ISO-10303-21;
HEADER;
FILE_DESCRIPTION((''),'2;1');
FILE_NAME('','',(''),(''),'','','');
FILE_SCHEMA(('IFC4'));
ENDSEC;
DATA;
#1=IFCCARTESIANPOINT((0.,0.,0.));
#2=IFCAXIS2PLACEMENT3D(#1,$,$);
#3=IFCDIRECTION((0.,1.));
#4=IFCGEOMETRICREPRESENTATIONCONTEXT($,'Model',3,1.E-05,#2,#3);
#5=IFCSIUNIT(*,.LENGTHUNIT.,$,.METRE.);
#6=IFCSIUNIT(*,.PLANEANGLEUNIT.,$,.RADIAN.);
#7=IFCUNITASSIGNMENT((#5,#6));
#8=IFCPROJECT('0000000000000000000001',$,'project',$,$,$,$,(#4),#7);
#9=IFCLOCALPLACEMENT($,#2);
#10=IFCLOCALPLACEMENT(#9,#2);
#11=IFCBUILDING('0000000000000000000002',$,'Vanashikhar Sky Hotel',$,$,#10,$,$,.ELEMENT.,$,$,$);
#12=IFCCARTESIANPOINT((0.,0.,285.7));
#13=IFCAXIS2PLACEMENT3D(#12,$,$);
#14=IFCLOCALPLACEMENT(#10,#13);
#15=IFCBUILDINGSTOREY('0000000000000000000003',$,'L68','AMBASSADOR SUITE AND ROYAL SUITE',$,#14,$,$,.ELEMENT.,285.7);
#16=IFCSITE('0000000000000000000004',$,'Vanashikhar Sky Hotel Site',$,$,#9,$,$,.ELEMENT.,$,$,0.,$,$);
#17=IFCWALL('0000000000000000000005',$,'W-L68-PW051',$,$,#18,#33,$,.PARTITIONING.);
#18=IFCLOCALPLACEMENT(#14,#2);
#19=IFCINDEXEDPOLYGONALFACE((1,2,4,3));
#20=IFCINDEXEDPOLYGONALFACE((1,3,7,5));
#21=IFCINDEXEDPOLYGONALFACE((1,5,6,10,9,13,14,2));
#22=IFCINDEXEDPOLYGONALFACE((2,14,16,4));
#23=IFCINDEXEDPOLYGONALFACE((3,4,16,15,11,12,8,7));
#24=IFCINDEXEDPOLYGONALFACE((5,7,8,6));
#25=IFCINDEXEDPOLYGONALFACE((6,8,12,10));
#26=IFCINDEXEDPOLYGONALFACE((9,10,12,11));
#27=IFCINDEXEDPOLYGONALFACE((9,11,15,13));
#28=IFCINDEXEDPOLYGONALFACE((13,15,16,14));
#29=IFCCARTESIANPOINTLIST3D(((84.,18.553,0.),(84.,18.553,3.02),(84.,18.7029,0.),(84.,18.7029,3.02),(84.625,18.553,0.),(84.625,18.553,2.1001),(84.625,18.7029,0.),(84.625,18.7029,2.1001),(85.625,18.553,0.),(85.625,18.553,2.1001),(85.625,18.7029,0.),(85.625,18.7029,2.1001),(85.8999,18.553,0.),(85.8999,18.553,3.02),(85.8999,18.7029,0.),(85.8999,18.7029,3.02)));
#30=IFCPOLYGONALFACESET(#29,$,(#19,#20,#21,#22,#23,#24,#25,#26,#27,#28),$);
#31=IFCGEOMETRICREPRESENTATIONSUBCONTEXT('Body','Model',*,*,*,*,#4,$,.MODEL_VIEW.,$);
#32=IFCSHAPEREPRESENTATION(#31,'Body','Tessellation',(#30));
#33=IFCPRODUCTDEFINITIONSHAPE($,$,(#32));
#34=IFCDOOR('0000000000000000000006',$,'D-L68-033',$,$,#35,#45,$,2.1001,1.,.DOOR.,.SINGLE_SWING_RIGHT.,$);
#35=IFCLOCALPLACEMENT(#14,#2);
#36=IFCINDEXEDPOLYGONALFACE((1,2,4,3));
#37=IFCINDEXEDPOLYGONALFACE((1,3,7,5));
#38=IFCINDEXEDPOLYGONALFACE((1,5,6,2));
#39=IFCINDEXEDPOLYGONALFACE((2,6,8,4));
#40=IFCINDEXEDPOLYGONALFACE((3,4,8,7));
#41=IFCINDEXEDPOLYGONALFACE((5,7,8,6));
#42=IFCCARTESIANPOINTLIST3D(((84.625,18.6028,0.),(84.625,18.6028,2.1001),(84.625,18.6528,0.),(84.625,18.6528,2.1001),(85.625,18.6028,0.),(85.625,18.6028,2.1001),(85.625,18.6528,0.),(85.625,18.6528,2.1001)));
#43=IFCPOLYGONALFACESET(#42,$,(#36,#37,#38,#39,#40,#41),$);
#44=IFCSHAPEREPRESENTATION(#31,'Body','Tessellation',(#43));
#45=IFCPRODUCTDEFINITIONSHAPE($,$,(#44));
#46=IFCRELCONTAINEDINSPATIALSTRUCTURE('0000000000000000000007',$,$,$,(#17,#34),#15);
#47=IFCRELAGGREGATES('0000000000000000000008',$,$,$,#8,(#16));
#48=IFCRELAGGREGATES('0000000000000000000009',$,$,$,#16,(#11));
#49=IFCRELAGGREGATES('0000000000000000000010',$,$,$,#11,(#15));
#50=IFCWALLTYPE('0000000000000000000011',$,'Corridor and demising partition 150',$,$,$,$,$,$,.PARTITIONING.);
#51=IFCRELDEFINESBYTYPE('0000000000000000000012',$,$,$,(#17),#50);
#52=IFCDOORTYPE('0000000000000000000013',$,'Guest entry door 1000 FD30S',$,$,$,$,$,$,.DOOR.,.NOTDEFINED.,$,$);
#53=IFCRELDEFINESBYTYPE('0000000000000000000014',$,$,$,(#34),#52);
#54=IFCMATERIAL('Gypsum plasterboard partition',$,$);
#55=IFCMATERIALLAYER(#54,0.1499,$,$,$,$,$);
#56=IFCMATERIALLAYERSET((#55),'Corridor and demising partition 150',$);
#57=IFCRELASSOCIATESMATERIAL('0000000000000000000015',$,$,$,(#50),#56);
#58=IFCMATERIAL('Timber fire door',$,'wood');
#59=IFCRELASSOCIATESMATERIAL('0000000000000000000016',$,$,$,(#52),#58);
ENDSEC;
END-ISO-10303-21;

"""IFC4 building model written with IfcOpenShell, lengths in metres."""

from ifc_helpers import new_model, si_unit, direction, frame, frame_2d, origin, place, context, subcontext, project, spatial, rectangle, extrude, source, transform, mapped, material, layer, layer_set, type_object, element, fill, save


model = new_model("IFC4")

# Units and contexts
model_context = context("Model", 3, precision=1e-05, world=origin(), true_north=direction((0.0, 1.0)))
body_context = subcontext(model_context, "Body", "Model", "MODEL_VIEW")
ifc_project = project(units=[si_unit("LENGTHUNIT", "METRE"), si_unit("PLANEANGLEUNIT", "RADIAN")], contexts=[model_context])

# Site, building, storey
site_placement = place(None, origin())
site = spatial("IfcSite", under=ifc_project, at=site_placement, Name="Vanashikhar Sky Hotel Site", CompositionType="ELEMENT", RefElevation=0.0)
building_placement = place(site_placement, origin())
building = spatial("IfcBuilding", under=site, at=building_placement, Name="Vanashikhar Sky Hotel", CompositionType="ELEMENT")
storey_placement = place(building_placement, frame((0.0, 0.0, 285.7)))
storey = spatial("IfcBuildingStorey", under=building, at=storey_placement, Name="L68", Description="AMBASSADOR SUITE AND ROYAL SUITE", CompositionType="ELEMENT", Elevation=285.7)

# Shared definitions
ifc_material_1 = material(Name="Gypsum plasterboard partition")

# Wall, opening, door
ifc_layer_1 = layer(ifc_material_1, 0.1499)
ifc_layer_set_1 = layer_set([ifc_layer_1], Name="Corridor and demising partition 150")
wall_type_1 = type_object("IfcWallType", Name="Corridor and demising partition 150", PredefinedType="PARTITIONING", material=ifc_layer_set_1)
shared_shape_1 = source(origin(), body_context, "Body", "SweptSolid", [
    extrude(rectangle(XDim=1.8999, YDim=0.1499, at=frame_2d((0.95, 0.0))), origin(), (0.0, 0.0, 1.0), 3.02),
])
wall_1_placement = place(storey_placement, frame((84.0, 18.6279, 0.0), z_axis=(0.0, 0.0, 1.0), x_axis=(1.0, 0.0, 0.0)))
wall_1 = element("IfcWall", 1, at=wall_1_placement, inside=storey, type_object=wall_type_1, Name="W-L68-PW051", PredefinedType="PARTITIONING", context=body_context, shape_type="MappedRepresentation", body=[
    mapped(shared_shape_1, transform((0.0, 0.0, 0.0), scale=1.0)),
])
shared_shape_2 = source(origin(), body_context, "Body", "SweptSolid", [
    extrude(rectangle(XDim=1.0, YDim=2.1001, at=frame_2d((0.5, 1.05))), frame((0.0, 0.085, 0.0), z_axis=(0.0, -1.0, 0.0), x_axis=(1.0, 0.0, 0.0)), (0.0, 0.0, 1.0), 0.1699),
])
opening_1_placement = place(wall_1_placement, frame((0.625, 0.0, 0.0)))
opening_1 = element("IfcOpeningElement", 2, at=opening_1_placement, cuts=wall_1, PredefinedType="OPENING", context=body_context, shape_type="MappedRepresentation", body=[
    mapped(shared_shape_2, transform((0.0, 0.0, 0.0), scale=1.0)),
])
ifc_material_2 = material(Name="Timber fire door", Category="wood")
door_type_1 = type_object("IfcDoorType", Name="Guest entry door 1000 FD30S", OperationType="NOTDEFINED", PredefinedType="DOOR", material=ifc_material_2)
shared_shape_3 = source(origin(), body_context, "Body", "SweptSolid", [
    extrude(rectangle(XDim=1.0, YDim=2.1001, at=frame_2d((0.5, 1.05))), frame((0.0, 0.0249, 0.0), z_axis=(0.0, -1.0, 0.0), x_axis=(1.0, 0.0, 0.0)), (0.0, 0.0, 1.0), 0.05),
])
door_1_placement = place(opening_1_placement, origin())
door_1 = element("IfcDoor", 3, at=door_1_placement, inside=storey, type_object=door_type_1, Name="D-L68-033", OperationType="SINGLE_SWING_RIGHT", OverallHeight=2.1001, OverallWidth=1.0, PredefinedType="DOOR", context=body_context, shape_type="MappedRepresentation", body=[
    mapped(shared_shape_3, transform((0.0, 0.0, 0.0), scale=1.0)),
])
fill(opening_1, door_1)

save(model, "model.ifc")
